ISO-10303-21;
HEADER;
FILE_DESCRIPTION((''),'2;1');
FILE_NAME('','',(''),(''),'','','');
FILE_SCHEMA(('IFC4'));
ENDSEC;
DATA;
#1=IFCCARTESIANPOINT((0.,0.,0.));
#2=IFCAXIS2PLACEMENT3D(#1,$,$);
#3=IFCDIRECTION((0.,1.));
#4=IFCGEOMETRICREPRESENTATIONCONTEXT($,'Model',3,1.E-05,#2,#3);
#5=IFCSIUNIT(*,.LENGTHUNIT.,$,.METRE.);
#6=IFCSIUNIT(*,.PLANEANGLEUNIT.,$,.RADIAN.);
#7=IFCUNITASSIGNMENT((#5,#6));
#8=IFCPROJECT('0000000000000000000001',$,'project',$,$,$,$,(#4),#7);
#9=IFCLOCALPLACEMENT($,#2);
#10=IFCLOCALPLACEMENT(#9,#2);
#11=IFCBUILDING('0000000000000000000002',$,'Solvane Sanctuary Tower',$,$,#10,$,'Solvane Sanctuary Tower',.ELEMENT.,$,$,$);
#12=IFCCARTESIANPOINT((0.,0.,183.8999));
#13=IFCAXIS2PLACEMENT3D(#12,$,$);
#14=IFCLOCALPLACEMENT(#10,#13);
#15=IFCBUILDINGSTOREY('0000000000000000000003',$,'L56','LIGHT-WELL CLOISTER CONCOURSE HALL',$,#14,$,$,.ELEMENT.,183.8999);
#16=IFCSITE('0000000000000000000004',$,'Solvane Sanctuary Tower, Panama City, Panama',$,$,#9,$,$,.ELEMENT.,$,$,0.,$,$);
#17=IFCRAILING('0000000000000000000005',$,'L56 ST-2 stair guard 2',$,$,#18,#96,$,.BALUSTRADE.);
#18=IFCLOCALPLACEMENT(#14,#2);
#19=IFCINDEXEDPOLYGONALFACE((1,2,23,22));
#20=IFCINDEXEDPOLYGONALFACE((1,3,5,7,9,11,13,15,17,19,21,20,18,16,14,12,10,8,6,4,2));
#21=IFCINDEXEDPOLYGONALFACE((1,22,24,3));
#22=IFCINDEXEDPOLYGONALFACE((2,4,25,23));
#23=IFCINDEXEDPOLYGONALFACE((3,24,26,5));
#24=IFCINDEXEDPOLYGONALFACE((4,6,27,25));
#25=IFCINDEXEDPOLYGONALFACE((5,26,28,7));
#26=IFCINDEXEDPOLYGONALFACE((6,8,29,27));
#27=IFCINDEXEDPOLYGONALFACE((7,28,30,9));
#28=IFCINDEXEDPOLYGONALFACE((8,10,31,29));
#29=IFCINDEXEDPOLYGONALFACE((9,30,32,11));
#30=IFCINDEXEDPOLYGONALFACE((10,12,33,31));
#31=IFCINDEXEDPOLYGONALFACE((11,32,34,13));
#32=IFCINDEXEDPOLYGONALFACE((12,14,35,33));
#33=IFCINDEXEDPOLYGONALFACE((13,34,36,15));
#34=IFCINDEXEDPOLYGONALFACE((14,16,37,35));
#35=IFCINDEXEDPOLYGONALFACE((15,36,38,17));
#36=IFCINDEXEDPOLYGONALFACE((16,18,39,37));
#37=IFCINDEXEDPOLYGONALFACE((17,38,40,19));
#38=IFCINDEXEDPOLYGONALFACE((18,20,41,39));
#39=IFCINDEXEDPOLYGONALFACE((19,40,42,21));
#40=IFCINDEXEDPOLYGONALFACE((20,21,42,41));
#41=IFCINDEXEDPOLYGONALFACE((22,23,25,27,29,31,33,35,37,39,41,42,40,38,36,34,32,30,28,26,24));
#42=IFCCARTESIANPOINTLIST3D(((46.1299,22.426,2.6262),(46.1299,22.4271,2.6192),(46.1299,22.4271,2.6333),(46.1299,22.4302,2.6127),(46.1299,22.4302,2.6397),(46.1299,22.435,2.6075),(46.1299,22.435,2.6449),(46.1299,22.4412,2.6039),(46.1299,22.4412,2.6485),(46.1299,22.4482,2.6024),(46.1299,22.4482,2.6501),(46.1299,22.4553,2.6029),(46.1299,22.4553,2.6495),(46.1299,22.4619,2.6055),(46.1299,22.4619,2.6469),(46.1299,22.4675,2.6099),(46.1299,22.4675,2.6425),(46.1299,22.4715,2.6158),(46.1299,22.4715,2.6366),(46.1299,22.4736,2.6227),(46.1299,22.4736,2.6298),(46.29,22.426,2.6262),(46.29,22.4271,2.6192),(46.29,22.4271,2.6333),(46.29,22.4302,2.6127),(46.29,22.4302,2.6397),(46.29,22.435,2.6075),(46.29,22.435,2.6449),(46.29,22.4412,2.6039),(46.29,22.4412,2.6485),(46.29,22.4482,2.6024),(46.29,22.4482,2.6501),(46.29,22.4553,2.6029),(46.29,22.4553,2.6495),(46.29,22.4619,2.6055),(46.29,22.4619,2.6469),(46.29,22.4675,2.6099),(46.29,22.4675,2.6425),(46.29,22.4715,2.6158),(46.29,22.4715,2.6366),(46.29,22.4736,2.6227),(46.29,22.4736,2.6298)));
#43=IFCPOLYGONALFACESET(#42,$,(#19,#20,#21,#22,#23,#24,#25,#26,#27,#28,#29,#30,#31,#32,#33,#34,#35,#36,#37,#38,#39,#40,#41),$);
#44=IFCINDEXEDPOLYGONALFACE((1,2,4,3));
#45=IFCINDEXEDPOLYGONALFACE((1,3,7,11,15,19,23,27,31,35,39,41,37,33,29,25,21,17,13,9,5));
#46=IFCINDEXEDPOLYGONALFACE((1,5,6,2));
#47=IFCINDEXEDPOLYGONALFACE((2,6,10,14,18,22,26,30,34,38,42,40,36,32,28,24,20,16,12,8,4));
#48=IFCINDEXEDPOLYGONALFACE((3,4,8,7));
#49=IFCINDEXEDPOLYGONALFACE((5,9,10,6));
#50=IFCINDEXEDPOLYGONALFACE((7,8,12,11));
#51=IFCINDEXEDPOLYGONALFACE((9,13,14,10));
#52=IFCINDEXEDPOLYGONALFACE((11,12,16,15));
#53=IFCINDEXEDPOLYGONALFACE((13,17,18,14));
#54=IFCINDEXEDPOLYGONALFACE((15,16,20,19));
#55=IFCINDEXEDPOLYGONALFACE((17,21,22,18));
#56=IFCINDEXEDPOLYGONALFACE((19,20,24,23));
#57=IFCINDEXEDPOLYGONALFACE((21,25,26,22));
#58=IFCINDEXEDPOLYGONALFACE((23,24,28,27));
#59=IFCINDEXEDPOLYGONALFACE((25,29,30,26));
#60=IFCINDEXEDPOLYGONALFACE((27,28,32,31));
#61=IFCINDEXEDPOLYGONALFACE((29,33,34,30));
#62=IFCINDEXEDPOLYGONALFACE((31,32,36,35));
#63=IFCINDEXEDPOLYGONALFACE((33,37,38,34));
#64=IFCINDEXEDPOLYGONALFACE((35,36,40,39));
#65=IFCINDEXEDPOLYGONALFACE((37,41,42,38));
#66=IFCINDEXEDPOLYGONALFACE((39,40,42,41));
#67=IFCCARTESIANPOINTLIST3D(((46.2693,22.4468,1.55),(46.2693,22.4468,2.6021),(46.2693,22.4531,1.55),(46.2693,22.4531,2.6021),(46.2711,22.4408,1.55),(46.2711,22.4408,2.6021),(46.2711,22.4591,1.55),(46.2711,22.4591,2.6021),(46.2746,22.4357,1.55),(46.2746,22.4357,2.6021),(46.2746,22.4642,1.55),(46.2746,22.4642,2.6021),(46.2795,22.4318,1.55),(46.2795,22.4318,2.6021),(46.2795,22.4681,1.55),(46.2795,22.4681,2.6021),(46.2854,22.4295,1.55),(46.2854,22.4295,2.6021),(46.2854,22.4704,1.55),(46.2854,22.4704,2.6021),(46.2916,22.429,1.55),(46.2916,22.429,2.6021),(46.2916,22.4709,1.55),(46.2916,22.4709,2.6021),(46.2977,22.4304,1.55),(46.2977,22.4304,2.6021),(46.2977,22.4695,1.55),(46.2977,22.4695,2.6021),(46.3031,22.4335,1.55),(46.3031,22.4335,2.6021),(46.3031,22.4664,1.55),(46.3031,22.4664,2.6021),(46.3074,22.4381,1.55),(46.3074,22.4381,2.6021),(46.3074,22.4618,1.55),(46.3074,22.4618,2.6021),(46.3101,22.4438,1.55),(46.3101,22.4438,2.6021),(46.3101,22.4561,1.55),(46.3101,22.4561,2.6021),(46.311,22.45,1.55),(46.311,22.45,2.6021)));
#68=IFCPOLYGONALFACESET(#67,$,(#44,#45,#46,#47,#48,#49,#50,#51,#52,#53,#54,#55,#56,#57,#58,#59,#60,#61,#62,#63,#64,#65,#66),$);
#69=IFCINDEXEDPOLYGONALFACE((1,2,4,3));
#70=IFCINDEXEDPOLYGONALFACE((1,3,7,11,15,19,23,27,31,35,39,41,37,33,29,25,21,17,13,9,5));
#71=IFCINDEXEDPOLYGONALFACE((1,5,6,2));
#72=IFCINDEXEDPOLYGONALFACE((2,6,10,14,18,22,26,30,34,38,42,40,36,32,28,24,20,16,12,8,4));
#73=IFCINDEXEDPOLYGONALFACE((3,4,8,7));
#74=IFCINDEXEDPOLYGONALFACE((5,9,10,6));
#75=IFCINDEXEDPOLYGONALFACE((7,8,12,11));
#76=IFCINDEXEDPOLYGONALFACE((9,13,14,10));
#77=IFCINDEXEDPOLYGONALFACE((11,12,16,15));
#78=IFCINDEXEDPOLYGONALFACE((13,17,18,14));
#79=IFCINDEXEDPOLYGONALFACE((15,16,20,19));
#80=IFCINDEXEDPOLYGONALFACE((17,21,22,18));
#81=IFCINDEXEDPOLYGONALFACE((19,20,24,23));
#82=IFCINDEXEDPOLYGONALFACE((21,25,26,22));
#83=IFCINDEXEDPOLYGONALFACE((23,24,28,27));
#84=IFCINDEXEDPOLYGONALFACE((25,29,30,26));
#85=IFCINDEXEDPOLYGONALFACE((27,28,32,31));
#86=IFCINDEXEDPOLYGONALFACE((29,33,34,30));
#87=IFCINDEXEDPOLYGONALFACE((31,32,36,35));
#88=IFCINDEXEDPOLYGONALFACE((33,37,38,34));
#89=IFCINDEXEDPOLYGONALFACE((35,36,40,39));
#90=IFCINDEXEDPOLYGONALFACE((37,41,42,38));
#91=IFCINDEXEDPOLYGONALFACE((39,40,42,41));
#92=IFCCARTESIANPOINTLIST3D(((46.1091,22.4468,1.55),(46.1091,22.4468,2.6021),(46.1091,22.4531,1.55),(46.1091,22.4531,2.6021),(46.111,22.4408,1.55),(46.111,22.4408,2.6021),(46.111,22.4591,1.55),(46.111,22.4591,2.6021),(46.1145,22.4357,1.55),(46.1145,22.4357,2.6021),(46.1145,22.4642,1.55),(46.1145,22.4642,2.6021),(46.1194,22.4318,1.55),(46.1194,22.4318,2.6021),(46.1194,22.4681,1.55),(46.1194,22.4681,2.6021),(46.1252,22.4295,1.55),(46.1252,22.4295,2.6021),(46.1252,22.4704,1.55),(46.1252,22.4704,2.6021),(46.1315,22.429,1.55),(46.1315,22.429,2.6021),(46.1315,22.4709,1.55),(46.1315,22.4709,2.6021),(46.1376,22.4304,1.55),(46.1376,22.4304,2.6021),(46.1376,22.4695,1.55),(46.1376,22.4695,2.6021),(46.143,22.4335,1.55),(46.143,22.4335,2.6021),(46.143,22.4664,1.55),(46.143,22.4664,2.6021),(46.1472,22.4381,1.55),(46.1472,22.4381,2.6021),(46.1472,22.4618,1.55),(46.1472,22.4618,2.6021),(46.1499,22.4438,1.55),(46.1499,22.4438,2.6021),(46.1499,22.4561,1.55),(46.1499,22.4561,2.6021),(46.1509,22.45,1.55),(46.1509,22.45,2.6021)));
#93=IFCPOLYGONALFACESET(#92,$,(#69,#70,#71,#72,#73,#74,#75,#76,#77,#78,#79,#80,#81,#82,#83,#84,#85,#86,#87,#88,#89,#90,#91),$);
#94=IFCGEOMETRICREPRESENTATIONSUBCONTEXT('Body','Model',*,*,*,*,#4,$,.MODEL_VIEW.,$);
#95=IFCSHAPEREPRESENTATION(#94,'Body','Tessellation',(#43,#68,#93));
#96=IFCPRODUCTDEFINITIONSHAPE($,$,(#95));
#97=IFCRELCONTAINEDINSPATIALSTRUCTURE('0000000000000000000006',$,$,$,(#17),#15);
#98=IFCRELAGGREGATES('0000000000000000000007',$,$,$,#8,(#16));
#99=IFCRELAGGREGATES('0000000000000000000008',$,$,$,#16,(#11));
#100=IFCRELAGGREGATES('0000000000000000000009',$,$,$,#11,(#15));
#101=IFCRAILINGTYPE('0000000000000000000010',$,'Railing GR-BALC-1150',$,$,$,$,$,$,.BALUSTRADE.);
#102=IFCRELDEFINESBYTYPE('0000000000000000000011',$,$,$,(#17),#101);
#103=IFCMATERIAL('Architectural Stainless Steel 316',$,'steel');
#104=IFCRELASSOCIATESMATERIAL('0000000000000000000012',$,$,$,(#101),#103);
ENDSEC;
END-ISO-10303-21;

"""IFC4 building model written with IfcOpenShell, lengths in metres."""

from ifc_helpers import new_model, si_unit, direction, frame, origin, origin_2d, place, context, subcontext, project, spatial, circle, extrude, material, type_object, element, save


model = new_model("IFC4")

# Units and contexts
model_context = context("Model", 3, precision=1e-05, world=origin(), true_north=direction((0.0, 1.0)))
body_context = subcontext(model_context, "Body", "Model", "MODEL_VIEW")
ifc_project = project(units=[si_unit("LENGTHUNIT", "METRE"), si_unit("PLANEANGLEUNIT", "RADIAN")], contexts=[model_context])

# Site, building, storey
site_placement = place(None, origin())
site = spatial("IfcSite", under=ifc_project, at=site_placement, Name="Solvane Sanctuary Tower, Panama City, Panama", CompositionType="ELEMENT", RefElevation=0.0)
building_placement = place(site_placement, origin())
building = spatial("IfcBuilding", under=site, at=building_placement, Name="Solvane Sanctuary Tower", LongName="Solvane Sanctuary Tower", CompositionType="ELEMENT")
storey_placement = place(building_placement, frame((0.0, 0.0, 183.8999)))
storey = spatial("IfcBuildingStorey", under=building, at=storey_placement, Name="L56", Description="LIGHT-WELL CLOISTER CONCOURSE HALL", CompositionType="ELEMENT", Elevation=183.8999)

# Shared definitions
ifc_material_1 = material(Name="Architectural Stainless Steel 316", Category="steel")

# Railing
railing_type_1 = type_object("IfcRailingType", Name="Railing GR-BALC-1150", PredefinedType="BALUSTRADE", material=ifc_material_1)
railing_1_placement = place(storey_placement, frame((46.29, 22.45, 1.55)))
element("IfcRailing", 1, at=railing_1_placement, inside=storey, type_object=railing_type_1, Name="L56 ST-2 stair guard 2", PredefinedType="BALUSTRADE", context=body_context, shape_type="SweptSolid", body=[
    extrude(circle(Radius=0.0239, at=origin_2d()), frame((0.0, 0.0, 1.0762), z_axis=(-1.0, 0.0, 0.0), x_axis=(0.0, -1.0, 0.0)), (0.0, 0.0, 1.0), 0.1602),
    extrude(circle(Radius=0.021, at=origin_2d()), origin(), (0.0, 0.0, 1.0), 1.052),
    extrude(circle(Radius=0.021, at=origin_2d()), frame((-0.1602, 0.0, 0.0)), (0.0, 0.0, 1.0), 1.052),
])

save(model, "model.ifc")
